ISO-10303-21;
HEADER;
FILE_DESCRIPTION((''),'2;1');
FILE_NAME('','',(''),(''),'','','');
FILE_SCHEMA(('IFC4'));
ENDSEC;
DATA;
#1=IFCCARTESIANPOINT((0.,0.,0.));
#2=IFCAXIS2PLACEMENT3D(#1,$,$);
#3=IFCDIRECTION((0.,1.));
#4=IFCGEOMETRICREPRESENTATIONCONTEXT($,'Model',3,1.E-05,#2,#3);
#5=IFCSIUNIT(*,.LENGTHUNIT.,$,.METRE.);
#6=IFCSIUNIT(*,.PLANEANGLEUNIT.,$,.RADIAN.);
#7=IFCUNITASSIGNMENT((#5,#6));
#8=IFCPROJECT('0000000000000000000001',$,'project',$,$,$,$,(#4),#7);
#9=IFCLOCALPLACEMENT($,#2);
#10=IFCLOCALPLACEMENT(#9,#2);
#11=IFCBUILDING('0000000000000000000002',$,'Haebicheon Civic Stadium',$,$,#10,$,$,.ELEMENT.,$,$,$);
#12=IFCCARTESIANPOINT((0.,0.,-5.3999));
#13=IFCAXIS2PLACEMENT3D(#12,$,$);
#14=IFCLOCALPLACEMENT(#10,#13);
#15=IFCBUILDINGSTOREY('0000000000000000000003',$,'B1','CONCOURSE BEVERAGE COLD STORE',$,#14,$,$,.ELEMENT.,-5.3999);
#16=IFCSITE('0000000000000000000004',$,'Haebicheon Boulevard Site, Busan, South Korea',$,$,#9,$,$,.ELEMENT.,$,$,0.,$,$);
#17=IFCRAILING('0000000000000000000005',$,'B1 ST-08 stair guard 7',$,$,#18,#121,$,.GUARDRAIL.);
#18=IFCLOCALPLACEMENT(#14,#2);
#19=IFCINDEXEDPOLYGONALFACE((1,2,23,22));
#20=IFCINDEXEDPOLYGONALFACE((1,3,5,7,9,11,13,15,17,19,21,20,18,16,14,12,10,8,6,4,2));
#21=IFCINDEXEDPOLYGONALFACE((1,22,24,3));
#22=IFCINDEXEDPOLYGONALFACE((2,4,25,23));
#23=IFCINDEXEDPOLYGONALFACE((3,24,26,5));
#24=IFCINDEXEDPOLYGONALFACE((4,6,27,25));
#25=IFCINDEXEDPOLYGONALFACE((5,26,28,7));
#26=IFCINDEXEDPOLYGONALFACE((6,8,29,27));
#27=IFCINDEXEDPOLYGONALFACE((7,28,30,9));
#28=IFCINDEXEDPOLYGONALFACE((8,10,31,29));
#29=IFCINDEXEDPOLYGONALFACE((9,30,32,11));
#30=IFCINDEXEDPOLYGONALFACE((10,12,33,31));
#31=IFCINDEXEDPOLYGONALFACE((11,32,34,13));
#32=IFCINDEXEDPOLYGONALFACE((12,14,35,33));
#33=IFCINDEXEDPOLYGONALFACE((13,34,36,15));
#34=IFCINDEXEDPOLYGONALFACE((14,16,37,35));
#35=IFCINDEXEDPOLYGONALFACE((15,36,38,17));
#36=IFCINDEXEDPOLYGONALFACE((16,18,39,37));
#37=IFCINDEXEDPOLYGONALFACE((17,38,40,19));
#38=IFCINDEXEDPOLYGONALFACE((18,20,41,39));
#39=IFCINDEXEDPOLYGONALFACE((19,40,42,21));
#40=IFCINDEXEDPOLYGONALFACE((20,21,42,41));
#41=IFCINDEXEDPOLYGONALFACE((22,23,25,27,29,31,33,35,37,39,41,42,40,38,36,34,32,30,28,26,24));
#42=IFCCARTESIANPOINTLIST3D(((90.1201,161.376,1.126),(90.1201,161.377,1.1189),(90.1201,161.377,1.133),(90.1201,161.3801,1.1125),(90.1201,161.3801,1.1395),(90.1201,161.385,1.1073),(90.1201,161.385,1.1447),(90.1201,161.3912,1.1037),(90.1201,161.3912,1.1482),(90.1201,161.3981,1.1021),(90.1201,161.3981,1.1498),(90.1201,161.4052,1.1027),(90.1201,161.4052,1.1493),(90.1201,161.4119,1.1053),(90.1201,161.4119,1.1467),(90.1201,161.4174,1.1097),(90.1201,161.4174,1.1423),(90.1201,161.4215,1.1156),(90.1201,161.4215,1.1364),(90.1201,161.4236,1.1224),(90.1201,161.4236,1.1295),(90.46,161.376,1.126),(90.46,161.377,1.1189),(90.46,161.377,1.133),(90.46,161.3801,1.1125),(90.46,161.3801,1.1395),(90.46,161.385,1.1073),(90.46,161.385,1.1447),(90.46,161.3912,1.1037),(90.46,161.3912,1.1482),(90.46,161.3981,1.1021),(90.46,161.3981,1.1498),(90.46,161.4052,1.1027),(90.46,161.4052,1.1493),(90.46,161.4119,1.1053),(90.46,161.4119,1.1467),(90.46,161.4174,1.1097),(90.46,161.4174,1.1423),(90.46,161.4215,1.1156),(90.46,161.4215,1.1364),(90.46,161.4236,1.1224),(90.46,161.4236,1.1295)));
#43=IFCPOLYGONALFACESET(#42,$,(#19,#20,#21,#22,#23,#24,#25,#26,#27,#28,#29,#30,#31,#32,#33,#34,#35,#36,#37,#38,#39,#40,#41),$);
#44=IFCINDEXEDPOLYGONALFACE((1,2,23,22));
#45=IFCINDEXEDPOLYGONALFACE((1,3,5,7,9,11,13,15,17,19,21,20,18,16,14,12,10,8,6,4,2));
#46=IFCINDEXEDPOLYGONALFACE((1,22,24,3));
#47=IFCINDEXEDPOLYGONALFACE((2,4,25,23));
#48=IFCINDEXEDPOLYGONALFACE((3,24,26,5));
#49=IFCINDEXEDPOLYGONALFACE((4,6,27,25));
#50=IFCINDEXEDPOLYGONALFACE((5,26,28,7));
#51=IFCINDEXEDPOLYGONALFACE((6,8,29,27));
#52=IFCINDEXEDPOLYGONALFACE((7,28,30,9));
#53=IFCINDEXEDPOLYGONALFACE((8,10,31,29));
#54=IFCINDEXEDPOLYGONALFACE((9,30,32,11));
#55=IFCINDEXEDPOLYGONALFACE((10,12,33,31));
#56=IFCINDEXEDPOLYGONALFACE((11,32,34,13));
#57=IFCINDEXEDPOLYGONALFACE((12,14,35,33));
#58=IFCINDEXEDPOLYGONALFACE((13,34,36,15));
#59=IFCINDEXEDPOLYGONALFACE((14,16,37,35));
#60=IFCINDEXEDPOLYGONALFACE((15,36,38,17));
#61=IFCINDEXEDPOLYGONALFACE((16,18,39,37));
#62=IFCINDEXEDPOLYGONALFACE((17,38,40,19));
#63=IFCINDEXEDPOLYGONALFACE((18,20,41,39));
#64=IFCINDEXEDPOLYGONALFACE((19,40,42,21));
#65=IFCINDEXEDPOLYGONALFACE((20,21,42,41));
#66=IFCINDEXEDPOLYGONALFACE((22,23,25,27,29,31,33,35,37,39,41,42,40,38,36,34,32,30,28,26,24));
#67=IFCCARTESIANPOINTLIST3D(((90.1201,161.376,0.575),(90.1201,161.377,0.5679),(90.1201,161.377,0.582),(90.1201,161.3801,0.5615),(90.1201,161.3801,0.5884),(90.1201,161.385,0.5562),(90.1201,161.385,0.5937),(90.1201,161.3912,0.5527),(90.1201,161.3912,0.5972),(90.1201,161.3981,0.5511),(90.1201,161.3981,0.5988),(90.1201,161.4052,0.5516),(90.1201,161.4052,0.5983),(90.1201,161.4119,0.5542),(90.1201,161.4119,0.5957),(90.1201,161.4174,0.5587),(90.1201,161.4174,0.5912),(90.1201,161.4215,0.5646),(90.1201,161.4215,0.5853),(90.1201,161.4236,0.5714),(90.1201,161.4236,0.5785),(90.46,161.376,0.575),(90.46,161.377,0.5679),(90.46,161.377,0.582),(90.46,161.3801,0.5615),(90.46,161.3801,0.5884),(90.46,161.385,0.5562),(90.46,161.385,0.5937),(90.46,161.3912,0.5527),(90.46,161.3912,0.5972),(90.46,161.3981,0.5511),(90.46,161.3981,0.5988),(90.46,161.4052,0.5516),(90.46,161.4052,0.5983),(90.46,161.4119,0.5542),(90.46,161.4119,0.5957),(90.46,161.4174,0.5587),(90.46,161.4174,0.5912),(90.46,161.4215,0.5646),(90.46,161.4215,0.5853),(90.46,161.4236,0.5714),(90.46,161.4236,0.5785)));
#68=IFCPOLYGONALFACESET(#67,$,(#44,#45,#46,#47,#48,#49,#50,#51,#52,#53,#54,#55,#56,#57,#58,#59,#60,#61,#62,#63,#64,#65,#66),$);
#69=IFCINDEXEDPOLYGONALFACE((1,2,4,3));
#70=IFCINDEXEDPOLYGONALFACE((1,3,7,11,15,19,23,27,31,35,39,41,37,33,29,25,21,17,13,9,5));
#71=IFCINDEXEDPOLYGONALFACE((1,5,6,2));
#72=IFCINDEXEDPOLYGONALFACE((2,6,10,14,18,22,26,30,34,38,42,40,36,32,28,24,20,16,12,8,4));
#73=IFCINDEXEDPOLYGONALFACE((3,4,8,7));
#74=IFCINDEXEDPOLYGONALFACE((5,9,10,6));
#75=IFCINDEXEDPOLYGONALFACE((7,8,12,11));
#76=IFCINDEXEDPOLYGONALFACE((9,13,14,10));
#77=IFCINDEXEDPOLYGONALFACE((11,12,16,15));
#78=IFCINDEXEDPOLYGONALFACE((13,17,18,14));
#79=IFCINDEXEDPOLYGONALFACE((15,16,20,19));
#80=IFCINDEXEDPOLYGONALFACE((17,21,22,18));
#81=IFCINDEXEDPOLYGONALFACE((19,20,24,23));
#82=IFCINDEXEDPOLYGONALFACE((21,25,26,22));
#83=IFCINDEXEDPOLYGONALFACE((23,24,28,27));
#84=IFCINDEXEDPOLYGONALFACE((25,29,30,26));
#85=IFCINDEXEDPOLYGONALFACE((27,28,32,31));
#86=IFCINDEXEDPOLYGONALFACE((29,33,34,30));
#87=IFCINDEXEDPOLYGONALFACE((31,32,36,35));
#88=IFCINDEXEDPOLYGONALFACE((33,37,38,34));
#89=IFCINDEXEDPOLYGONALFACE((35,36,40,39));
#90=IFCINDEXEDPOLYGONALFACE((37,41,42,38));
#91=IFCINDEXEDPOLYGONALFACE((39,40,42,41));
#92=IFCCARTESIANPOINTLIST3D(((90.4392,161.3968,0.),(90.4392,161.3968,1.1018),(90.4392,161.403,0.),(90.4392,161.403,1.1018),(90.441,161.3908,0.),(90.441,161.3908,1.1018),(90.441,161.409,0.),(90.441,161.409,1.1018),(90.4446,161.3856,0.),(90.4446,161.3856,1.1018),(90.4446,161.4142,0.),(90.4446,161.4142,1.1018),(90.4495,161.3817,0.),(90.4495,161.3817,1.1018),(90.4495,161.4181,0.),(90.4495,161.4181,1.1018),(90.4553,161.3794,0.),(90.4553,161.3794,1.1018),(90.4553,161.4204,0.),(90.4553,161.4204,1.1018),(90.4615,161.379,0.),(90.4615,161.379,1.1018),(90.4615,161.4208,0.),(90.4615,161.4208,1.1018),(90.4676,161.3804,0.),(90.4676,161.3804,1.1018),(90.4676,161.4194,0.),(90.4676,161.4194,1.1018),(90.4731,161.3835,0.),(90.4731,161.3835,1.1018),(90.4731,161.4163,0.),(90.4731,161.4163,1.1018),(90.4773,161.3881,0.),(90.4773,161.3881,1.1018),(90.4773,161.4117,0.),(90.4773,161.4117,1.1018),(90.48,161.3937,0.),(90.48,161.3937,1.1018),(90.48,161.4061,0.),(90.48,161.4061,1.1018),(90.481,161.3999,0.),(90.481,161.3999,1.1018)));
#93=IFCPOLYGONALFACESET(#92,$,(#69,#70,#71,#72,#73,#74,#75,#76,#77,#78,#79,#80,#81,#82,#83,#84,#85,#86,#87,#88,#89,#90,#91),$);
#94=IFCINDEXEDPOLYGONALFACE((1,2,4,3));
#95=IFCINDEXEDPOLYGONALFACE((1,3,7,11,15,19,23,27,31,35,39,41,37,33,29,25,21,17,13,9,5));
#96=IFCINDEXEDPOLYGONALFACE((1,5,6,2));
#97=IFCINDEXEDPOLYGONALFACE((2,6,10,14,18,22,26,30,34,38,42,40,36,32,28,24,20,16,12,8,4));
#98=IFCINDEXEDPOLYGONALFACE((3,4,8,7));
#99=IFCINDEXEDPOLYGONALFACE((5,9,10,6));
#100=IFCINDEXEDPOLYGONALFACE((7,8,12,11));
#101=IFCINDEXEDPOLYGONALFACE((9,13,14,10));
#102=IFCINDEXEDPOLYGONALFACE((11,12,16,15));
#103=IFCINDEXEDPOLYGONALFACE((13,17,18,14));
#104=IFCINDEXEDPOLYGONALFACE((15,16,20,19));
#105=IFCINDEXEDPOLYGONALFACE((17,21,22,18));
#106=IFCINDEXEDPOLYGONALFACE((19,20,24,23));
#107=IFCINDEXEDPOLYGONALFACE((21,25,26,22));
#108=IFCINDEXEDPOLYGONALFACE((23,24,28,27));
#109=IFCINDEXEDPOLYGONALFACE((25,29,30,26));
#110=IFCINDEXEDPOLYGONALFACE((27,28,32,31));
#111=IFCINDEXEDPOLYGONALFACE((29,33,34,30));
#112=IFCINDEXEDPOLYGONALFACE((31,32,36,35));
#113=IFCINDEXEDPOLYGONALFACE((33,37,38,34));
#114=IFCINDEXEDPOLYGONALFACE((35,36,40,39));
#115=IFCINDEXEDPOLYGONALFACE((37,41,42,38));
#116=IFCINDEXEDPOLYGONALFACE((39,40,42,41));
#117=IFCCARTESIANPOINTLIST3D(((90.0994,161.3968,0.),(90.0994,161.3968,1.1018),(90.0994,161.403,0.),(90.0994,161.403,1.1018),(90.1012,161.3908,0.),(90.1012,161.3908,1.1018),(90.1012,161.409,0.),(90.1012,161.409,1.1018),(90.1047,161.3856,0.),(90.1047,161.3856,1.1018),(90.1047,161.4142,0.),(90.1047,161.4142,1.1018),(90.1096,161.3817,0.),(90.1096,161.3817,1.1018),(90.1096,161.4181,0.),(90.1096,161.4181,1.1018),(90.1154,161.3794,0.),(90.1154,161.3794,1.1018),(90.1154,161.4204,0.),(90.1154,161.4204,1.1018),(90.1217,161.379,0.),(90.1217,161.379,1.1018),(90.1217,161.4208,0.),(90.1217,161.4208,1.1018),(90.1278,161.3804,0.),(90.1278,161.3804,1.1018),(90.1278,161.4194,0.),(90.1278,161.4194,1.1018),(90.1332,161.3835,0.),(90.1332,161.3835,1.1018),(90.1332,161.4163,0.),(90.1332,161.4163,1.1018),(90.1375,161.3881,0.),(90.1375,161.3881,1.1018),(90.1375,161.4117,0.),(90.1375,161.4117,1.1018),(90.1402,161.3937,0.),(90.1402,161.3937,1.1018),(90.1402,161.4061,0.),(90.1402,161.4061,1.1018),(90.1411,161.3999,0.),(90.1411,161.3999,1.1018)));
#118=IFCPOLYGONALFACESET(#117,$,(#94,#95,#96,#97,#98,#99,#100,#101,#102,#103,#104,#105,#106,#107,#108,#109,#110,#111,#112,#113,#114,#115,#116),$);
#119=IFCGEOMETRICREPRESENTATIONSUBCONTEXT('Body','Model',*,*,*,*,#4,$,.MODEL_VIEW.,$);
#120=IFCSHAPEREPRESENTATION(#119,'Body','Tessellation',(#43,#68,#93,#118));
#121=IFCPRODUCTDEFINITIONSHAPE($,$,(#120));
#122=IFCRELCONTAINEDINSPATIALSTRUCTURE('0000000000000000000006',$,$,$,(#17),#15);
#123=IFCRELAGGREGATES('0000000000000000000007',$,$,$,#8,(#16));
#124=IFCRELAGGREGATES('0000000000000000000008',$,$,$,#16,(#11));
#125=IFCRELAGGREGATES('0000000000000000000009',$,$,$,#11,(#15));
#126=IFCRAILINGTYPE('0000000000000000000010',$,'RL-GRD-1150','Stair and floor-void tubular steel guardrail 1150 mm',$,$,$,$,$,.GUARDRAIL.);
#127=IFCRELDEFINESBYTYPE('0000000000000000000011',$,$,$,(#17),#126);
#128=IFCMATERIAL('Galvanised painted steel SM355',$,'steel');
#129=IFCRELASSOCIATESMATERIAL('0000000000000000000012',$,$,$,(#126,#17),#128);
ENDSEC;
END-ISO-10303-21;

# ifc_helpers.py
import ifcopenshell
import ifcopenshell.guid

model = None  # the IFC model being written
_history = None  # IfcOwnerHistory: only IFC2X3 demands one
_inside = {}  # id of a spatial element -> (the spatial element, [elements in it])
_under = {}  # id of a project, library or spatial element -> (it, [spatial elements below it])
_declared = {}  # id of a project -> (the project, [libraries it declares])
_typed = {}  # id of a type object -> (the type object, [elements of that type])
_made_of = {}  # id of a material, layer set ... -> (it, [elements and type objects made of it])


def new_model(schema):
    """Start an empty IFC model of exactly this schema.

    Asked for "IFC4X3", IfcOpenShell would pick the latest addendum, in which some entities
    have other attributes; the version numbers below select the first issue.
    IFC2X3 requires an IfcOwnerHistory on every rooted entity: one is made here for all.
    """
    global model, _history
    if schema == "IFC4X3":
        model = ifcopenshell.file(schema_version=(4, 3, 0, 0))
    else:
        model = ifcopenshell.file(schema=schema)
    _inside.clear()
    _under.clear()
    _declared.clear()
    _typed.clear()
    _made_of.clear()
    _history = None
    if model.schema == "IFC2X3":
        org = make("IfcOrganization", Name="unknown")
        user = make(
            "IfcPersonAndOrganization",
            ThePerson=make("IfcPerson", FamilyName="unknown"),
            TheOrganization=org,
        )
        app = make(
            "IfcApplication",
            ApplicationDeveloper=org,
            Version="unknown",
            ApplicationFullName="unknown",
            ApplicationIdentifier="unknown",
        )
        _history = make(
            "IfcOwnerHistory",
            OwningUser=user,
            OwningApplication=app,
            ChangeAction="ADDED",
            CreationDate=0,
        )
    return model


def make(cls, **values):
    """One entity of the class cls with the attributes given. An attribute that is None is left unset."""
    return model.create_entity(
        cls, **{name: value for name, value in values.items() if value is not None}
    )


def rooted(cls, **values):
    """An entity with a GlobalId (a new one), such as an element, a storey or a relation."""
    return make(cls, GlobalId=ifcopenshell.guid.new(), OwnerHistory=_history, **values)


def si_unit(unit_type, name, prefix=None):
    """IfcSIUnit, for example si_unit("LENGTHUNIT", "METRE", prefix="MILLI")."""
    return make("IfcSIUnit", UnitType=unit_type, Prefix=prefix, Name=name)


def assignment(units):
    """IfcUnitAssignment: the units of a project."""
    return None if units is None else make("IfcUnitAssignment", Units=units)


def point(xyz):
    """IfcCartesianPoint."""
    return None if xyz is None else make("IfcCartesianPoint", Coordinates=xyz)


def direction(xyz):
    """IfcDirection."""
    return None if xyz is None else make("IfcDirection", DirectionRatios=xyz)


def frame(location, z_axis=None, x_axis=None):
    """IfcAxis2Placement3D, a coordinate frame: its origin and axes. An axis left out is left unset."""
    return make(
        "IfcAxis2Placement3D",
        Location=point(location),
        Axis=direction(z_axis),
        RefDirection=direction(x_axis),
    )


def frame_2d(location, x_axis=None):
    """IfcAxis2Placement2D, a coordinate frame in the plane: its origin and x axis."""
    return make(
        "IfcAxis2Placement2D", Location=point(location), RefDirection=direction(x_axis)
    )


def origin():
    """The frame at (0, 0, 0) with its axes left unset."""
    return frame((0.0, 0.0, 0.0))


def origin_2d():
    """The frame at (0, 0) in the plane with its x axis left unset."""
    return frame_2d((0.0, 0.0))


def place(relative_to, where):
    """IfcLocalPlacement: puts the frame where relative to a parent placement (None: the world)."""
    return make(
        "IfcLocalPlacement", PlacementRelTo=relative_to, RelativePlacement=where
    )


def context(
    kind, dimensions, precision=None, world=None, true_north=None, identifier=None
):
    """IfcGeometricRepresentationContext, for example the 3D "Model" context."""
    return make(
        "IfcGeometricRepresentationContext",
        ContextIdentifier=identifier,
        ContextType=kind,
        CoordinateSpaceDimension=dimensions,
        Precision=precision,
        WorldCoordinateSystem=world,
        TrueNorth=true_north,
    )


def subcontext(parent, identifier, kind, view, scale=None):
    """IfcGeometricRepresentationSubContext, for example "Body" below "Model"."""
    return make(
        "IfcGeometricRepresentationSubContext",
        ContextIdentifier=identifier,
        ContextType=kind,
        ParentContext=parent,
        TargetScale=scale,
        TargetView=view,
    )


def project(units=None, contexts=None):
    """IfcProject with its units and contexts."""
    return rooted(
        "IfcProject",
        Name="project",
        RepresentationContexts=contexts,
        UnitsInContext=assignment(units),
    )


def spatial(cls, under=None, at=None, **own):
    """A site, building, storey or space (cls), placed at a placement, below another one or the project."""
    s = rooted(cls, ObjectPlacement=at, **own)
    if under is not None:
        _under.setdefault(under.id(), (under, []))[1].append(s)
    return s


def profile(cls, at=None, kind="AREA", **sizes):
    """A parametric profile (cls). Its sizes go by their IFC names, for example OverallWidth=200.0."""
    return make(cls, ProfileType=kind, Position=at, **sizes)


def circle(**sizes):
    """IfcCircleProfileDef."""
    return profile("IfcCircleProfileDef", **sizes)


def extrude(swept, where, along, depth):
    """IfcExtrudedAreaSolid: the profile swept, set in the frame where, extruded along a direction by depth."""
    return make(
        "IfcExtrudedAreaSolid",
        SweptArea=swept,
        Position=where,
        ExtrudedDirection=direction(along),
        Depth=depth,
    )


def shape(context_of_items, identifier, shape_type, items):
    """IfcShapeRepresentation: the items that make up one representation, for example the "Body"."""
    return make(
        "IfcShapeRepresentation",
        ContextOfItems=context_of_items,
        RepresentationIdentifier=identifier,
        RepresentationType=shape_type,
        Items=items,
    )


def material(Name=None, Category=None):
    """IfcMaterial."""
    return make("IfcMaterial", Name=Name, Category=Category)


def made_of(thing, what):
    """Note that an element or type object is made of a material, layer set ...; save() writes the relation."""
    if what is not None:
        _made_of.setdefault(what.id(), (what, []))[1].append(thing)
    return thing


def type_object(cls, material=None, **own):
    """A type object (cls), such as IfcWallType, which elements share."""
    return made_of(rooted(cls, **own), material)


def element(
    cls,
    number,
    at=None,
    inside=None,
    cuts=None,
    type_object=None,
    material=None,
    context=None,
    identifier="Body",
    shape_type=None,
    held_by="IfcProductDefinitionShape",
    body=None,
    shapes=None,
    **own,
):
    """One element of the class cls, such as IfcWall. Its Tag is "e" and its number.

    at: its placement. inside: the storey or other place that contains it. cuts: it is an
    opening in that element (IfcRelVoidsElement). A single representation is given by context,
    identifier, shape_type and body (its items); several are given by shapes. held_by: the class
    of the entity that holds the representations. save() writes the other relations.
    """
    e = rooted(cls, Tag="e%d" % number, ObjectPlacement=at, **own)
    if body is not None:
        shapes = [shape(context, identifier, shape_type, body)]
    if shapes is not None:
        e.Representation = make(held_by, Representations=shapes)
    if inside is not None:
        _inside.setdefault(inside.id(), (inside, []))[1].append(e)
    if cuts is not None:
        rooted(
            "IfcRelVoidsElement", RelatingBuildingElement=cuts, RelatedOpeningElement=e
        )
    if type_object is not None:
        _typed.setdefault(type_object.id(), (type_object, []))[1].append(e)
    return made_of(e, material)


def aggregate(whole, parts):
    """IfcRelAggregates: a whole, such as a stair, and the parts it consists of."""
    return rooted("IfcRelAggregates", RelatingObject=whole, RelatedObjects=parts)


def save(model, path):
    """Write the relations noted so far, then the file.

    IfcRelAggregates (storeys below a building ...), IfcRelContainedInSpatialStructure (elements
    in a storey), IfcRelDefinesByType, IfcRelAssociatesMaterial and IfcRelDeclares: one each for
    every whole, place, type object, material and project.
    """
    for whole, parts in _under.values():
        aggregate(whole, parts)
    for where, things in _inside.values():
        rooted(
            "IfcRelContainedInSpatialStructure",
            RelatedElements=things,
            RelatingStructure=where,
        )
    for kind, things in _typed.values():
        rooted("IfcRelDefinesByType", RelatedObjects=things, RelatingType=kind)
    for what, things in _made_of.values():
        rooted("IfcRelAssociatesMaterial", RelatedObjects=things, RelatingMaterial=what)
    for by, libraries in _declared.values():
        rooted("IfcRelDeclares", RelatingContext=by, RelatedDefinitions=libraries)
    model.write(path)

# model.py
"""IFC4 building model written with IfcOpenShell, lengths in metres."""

from ifc_helpers import new_model, si_unit, direction, frame, origin, origin_2d, place, context, subcontext, project, spatial, circle, extrude, material, type_object, element, save


model = new_model("IFC4")

# Units and contexts
model_context = context("Model", 3, precision=1e-05, world=origin(), true_north=direction((0.0, 1.0)))
body_context = subcontext(model_context, "Body", "Model", "MODEL_VIEW")
ifc_project = project(units=[si_unit("LENGTHUNIT", "METRE"), si_unit("PLANEANGLEUNIT", "RADIAN")], contexts=[model_context])

# Site, building, storey
site_placement = place(None, origin())
site = spatial("IfcSite", under=ifc_project, at=site_placement, Name="Haebicheon Boulevard Site, Busan, South Korea", CompositionType="ELEMENT", RefElevation=0.0)
building_placement = place(site_placement, origin())
building = spatial("IfcBuilding", under=site, at=building_placement, Name="Haebicheon Civic Stadium", CompositionType="ELEMENT")
storey_placement = place(building_placement, frame((0.0, 0.0, -5.3999)))
storey = spatial("IfcBuildingStorey", under=building, at=storey_placement, Name="B1", Description="CONCOURSE BEVERAGE COLD STORE", CompositionType="ELEMENT", Elevation=-5.3999)

# Railing
ifc_material_1 = material(Name="Galvanised painted steel SM355", Category="steel")
railing_type_1 = type_object("IfcRailingType", Name="RL-GRD-1150", Description="Stair and floor-void tubular steel guardrail 1150 mm", PredefinedType="GUARDRAIL", material=ifc_material_1)
railing_1_placement = place(storey_placement, frame((90.46, 161.3999, 0.0)))
element("IfcRailing", 1, at=railing_1_placement, inside=storey, type_object=railing_type_1, material=ifc_material_1, Name="B1 ST-08 stair guard 7", PredefinedType="GUARDRAIL", context=body_context, shape_type="SweptSolid", body=[
    extrude(circle(Radius=0.0239, at=origin_2d()), frame((0.0, 0.0, 1.126), z_axis=(-1.0, 0.0, 0.0), x_axis=(0.0, -1.0, 0.0)), (0.0, 0.0, 1.0), 0.3398),
    extrude(circle(Radius=0.0239, at=origin_2d()), frame((0.0, 0.0, 0.575), z_axis=(-1.0, 0.0, 0.0), x_axis=(0.0, -1.0, 0.0)), (0.0, 0.0, 1.0), 0.3398),
    extrude(circle(Radius=0.021, at=origin_2d()), origin(), (0.0, 0.0, 1.0), 1.1018),
    extrude(circle(Radius=0.021, at=origin_2d()), frame((-0.3398, 0.0, 0.0)), (0.0, 0.0, 1.0), 1.1018),
])

save(model, "model.ifc")
